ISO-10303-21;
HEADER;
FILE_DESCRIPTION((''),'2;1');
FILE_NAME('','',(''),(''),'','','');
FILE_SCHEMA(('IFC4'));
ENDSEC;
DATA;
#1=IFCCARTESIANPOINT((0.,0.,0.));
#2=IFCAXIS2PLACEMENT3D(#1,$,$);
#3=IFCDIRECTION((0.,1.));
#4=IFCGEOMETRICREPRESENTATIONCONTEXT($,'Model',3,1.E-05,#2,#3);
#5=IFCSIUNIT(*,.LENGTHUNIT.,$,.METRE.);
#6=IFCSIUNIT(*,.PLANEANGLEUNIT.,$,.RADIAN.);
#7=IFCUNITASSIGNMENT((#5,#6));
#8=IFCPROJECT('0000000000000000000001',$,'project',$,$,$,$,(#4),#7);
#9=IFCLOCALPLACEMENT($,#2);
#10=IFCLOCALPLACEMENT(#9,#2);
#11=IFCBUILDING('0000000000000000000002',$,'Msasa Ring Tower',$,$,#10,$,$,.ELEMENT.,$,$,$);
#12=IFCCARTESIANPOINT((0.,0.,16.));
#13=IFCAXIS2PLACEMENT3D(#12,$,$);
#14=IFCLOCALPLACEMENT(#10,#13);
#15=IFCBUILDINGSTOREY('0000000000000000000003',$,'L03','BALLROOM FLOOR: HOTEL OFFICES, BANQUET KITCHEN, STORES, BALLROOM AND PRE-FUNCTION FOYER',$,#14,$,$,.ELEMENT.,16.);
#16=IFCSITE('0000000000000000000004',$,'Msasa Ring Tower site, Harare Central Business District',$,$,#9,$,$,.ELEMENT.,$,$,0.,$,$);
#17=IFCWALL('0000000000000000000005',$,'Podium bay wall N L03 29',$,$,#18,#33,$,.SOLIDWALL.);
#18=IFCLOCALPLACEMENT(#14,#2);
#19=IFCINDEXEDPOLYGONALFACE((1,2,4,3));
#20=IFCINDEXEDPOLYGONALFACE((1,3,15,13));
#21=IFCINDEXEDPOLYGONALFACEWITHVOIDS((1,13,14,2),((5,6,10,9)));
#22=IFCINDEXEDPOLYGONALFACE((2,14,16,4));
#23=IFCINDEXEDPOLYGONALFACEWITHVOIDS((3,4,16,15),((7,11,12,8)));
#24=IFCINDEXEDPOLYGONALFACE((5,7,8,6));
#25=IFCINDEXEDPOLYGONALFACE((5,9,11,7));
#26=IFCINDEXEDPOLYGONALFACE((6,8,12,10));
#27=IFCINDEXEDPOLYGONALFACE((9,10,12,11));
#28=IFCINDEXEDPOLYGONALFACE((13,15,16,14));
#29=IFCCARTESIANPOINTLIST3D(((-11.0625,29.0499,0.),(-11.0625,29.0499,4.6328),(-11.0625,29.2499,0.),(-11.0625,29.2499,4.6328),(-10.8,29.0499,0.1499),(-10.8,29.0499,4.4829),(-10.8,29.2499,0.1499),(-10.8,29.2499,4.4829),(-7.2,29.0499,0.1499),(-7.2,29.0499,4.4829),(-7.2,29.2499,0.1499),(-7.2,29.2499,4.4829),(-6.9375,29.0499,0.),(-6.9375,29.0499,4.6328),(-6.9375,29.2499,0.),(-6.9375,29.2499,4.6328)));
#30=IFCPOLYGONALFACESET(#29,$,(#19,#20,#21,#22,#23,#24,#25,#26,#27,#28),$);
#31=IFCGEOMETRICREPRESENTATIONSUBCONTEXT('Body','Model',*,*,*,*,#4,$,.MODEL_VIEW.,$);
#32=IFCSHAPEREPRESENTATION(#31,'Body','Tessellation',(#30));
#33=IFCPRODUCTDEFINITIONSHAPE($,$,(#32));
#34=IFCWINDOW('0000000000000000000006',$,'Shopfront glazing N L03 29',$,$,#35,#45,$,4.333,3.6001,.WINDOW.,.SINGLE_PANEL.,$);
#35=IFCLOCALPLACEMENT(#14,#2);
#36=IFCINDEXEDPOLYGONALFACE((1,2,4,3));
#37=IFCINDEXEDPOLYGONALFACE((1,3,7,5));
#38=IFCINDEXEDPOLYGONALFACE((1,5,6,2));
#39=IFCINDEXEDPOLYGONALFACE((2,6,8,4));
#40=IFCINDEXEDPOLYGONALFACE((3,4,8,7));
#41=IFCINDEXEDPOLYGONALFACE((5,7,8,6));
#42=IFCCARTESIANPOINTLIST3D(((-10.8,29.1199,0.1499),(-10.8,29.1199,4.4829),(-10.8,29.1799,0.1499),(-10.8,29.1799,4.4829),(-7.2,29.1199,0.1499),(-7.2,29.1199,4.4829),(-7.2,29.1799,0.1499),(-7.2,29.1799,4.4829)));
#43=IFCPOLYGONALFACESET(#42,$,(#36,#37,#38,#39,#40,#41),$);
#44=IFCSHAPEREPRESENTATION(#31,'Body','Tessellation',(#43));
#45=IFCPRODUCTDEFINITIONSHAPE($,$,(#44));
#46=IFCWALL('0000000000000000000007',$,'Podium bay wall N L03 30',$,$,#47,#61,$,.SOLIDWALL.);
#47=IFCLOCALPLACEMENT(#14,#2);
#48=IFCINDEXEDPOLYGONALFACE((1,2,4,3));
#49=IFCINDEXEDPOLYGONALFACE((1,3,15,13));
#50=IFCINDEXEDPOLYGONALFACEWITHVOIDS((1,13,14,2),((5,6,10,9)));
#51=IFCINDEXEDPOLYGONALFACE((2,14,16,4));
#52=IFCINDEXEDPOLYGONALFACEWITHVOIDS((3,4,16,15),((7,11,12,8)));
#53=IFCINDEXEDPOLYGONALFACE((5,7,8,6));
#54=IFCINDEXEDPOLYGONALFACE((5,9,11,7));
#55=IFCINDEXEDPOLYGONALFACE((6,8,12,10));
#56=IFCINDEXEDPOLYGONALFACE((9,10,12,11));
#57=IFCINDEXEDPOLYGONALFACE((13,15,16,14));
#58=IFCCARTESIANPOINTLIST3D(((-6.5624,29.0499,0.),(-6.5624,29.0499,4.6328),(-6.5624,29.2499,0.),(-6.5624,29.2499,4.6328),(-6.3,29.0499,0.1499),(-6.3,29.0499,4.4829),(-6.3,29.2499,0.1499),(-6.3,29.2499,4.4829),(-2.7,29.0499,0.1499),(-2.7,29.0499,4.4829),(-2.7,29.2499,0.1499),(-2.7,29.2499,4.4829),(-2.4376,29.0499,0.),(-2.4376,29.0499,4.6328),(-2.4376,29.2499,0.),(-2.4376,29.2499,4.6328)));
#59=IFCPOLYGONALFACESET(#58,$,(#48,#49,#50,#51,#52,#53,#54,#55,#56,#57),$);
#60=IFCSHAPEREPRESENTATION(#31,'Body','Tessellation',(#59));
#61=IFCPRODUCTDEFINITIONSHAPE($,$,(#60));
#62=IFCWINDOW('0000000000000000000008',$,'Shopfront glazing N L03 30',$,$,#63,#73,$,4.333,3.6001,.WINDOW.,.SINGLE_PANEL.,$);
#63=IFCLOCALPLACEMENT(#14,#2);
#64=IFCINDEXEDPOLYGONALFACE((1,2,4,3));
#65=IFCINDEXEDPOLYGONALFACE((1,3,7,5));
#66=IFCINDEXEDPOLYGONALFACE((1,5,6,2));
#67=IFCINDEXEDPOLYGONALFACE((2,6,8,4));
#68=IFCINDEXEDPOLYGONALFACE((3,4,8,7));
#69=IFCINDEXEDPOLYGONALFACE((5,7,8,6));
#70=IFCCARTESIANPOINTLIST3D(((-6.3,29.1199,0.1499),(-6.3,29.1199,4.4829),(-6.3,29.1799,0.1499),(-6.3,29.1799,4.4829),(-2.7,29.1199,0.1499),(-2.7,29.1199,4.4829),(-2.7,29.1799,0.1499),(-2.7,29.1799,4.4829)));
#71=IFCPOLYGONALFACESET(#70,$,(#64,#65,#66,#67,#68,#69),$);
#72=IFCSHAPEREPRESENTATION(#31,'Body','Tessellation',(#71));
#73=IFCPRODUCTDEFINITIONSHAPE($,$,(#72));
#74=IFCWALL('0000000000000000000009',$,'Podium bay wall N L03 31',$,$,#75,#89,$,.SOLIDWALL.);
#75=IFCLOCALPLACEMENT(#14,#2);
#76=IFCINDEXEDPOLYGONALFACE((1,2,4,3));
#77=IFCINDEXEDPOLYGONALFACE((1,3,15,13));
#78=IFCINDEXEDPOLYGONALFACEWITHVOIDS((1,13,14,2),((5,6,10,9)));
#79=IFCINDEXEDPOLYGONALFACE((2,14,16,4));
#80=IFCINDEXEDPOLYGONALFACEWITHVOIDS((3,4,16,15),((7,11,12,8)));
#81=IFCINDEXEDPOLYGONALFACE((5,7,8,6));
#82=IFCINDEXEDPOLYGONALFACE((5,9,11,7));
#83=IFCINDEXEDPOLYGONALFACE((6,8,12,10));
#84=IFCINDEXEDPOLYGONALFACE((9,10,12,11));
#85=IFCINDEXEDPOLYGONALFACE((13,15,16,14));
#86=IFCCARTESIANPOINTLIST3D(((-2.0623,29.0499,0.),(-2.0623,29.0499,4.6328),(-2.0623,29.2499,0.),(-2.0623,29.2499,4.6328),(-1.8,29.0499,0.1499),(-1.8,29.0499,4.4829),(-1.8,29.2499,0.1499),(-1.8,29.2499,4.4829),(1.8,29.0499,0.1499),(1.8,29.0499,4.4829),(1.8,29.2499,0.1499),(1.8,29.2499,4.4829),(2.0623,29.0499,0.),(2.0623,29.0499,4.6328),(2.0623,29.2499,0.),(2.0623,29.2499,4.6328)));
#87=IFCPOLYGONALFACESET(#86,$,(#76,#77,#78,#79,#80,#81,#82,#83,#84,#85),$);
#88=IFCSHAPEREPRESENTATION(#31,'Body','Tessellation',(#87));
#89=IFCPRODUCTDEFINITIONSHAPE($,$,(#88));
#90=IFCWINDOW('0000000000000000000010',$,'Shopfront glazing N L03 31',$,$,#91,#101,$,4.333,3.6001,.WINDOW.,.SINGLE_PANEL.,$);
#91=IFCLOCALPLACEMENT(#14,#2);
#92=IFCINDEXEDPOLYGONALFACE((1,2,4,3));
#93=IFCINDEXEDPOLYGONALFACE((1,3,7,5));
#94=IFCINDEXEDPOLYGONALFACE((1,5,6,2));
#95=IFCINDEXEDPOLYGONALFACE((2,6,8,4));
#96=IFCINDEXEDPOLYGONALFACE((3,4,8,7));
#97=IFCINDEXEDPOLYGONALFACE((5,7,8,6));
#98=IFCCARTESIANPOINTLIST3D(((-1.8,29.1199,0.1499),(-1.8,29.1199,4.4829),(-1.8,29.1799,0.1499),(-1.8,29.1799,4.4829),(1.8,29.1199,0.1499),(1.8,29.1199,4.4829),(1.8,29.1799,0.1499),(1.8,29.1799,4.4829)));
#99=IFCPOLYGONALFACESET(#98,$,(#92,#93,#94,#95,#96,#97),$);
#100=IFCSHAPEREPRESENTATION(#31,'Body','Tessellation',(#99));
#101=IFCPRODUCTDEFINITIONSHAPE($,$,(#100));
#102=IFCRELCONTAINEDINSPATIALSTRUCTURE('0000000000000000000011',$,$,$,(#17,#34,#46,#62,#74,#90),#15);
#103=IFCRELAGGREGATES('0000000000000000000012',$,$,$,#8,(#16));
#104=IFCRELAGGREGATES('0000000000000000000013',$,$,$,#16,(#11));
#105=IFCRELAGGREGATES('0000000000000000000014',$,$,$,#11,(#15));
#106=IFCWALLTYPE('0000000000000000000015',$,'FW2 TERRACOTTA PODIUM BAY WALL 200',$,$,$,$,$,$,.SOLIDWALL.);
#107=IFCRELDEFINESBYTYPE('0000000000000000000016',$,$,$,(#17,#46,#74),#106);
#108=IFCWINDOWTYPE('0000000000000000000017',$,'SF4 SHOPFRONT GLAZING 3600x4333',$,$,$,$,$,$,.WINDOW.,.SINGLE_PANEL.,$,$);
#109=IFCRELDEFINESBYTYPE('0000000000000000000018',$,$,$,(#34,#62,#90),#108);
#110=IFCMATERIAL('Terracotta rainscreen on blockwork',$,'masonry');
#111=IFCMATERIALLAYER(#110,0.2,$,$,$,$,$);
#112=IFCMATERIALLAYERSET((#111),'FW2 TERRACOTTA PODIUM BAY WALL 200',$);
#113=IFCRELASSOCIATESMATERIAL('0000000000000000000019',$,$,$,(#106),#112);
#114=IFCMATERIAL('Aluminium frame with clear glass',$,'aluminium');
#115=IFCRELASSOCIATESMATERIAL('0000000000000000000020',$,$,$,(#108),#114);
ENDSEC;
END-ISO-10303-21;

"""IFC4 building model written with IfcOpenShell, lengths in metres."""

from ifc_helpers import new_model, si_unit, direction, frame, frame_2d, origin, place, context, subcontext, project, spatial, rectangle, extrude, material, layer, layer_set, type_object, element, fill, save


model = new_model("IFC4")

# Units and contexts
model_context = context("Model", 3, precision=1e-05, world=origin(), true_north=direction((0.0, 1.0)))
body_context = subcontext(model_context, "Body", "Model", "MODEL_VIEW")
ifc_project = project(units=[si_unit("LENGTHUNIT", "METRE"), si_unit("PLANEANGLEUNIT", "RADIAN")], contexts=[model_context])

# Site, building, storey
site_placement = place(None, origin())
site = spatial("IfcSite", under=ifc_project, at=site_placement, Name="Msasa Ring Tower site, Harare Central Business District", CompositionType="ELEMENT", RefElevation=0.0)
building_placement = place(site_placement, origin())
building = spatial("IfcBuilding", under=site, at=building_placement, Name="Msasa Ring Tower", CompositionType="ELEMENT")
storey_placement = place(building_placement, frame((0.0, 0.0, 16.0)))
storey = spatial("IfcBuildingStorey", under=building, at=storey_placement, Name="L03", Description="BALLROOM FLOOR: HOTEL OFFICES, BANQUET KITCHEN, STORES, BALLROOM AND PRE-FUNCTION FOYER", CompositionType="ELEMENT", Elevation=16.0)

# Walls, openings, windows
ifc_material_1 = material(Name="Terracotta rainscreen on blockwork", Category="masonry")
ifc_layer = layer(ifc_material_1, 0.2)
ifc_layer_set = layer_set([ifc_layer], Name="FW2 TERRACOTTA PODIUM BAY WALL 200")
wall_type = type_object("IfcWallType", Name="FW2 TERRACOTTA PODIUM BAY WALL 200", PredefinedType="SOLIDWALL", material=ifc_layer_set)
wall_1_placement = place(storey_placement, frame((-11.0625, 29.1499, 0.0), z_axis=(0.0, 0.0, 1.0), x_axis=(1.0, 0.0, 0.0)))
wall_1 = element("IfcWall", 1, at=wall_1_placement, inside=storey, type_object=wall_type, Name="Podium bay wall N L03 29", PredefinedType="SOLIDWALL", context=body_context, shape_type="SweptSolid", body=[
    extrude(rectangle(XDim=4.125, YDim=0.2, at=frame_2d((2.0625, 0.0))), origin(), (0.0, 0.0, 1.0), 4.6328),
])
opening_1_placement = place(wall_1_placement, frame((0.2625, 0.0, 0.1499)))
opening_1 = element("IfcOpeningElement", 2, at=opening_1_placement, cuts=wall_1, PredefinedType="OPENING", context=body_context, shape_type="SweptSolid", body=[
    extrude(rectangle(XDim=3.6001, YDim=4.333, at=frame_2d((1.8, 2.1665))), frame((0.0, 0.1099, 0.0), z_axis=(0.0, -1.0, 0.0), x_axis=(1.0, 0.0, 0.0)), (0.0, 0.0, 1.0), 0.22),
])
ifc_material_2 = material(Name="Aluminium frame with clear glass", Category="aluminium")
window_type = type_object("IfcWindowType", Name="SF4 SHOPFRONT GLAZING 3600x4333", PartitioningType="SINGLE_PANEL", PredefinedType="WINDOW", material=ifc_material_2)
window_1_placement = place(opening_1_placement, origin())
window_1 = element("IfcWindow", 3, at=window_1_placement, inside=storey, type_object=window_type, Name="Shopfront glazing N L03 29", OverallHeight=4.333, OverallWidth=3.6001, PartitioningType="SINGLE_PANEL", PredefinedType="WINDOW", context=body_context, shape_type="SweptSolid", body=[
    extrude(rectangle(XDim=3.6001, YDim=4.333, at=frame_2d((1.8, 2.1665))), frame((0.0, 0.03, 0.0), z_axis=(0.0, -1.0, 0.0), x_axis=(1.0, 0.0, 0.0)), (0.0, 0.0, 1.0), 0.0601),
])
fill(opening_1, window_1)
wall_2_placement = place(storey_placement, frame((-6.5625, 29.1499, 0.0), z_axis=(0.0, 0.0, 1.0), x_axis=(1.0, 0.0, 0.0)))
wall_2 = element("IfcWall", 4, at=wall_2_placement, inside=storey, type_object=wall_type, Name="Podium bay wall N L03 30", PredefinedType="SOLIDWALL", context=body_context, shape_type="SweptSolid", body=[
    extrude(rectangle(XDim=4.1248, YDim=0.2, at=frame_2d((2.0625, 0.0))), origin(), (0.0, 0.0, 1.0), 4.6328),
])
opening_2_placement = place(wall_2_placement, frame((0.2625, 0.0, 0.1499)))
opening_2 = element("IfcOpeningElement", 5, at=opening_2_placement, cuts=wall_2, PredefinedType="OPENING", context=body_context, shape_type="SweptSolid", body=[
    extrude(rectangle(XDim=3.6001, YDim=4.333, at=frame_2d((1.8, 2.1665))), frame((0.0, 0.1099, 0.0), z_axis=(0.0, -1.0, 0.0), x_axis=(1.0, 0.0, 0.0)), (0.0, 0.0, 1.0), 0.22),
])
window_2_placement = place(opening_2_placement, origin())
window_2 = element("IfcWindow", 6, at=window_2_placement, inside=storey, type_object=window_type, Name="Shopfront glazing N L03 30", OverallHeight=4.333, OverallWidth=3.6001, PartitioningType="SINGLE_PANEL", PredefinedType="WINDOW", context=body_context, shape_type="SweptSolid", body=[
    extrude(rectangle(XDim=3.6001, YDim=4.333, at=frame_2d((1.8, 2.1665))), frame((0.0, 0.03, 0.0), z_axis=(0.0, -1.0, 0.0), x_axis=(1.0, 0.0, 0.0)), (0.0, 0.0, 1.0), 0.0601),
])
fill(opening_2, window_2)
wall_3_placement = place(storey_placement, frame((-2.0623, 29.1499, 0.0), z_axis=(0.0, 0.0, 1.0), x_axis=(1.0, 0.0, 0.0)))
wall_3 = element("IfcWall", 7, at=wall_3_placement, inside=storey, type_object=wall_type, Name="Podium bay wall N L03 31", PredefinedType="SOLIDWALL", context=body_context, shape_type="SweptSolid", body=[
    extrude(rectangle(XDim=4.1245, YDim=0.2, at=frame_2d((2.0623, 0.0))), origin(), (0.0, 0.0, 1.0), 4.6328),
])
opening_3_placement = place(wall_3_placement, frame((0.2622, 0.0, 0.1499)))
opening_3 = element("IfcOpeningElement", 8, at=opening_3_placement, cuts=wall_3, PredefinedType="OPENING", context=body_context, shape_type="SweptSolid", body=[
    extrude(rectangle(XDim=3.6001, YDim=4.333, at=frame_2d((1.8, 2.1665))), frame((0.0, 0.1099, 0.0), z_axis=(0.0, -1.0, 0.0), x_axis=(1.0, 0.0, 0.0)), (0.0, 0.0, 1.0), 0.22),
])
window_3_placement = place(opening_3_placement, origin())
window_3 = element("IfcWindow", 9, at=window_3_placement, inside=storey, type_object=window_type, Name="Shopfront glazing N L03 31", OverallHeight=4.333, OverallWidth=3.6001, PartitioningType="SINGLE_PANEL", PredefinedType="WINDOW", context=body_context, shape_type="SweptSolid", body=[
    extrude(rectangle(XDim=3.6001, YDim=4.333, at=frame_2d((1.8, 2.1665))), frame((0.0, 0.03, 0.0), z_axis=(0.0, -1.0, 0.0), x_axis=(1.0, 0.0, 0.0)), (0.0, 0.0, 1.0), 0.0601),
])
fill(opening_3, window_3)

save(model, "model.ifc")
